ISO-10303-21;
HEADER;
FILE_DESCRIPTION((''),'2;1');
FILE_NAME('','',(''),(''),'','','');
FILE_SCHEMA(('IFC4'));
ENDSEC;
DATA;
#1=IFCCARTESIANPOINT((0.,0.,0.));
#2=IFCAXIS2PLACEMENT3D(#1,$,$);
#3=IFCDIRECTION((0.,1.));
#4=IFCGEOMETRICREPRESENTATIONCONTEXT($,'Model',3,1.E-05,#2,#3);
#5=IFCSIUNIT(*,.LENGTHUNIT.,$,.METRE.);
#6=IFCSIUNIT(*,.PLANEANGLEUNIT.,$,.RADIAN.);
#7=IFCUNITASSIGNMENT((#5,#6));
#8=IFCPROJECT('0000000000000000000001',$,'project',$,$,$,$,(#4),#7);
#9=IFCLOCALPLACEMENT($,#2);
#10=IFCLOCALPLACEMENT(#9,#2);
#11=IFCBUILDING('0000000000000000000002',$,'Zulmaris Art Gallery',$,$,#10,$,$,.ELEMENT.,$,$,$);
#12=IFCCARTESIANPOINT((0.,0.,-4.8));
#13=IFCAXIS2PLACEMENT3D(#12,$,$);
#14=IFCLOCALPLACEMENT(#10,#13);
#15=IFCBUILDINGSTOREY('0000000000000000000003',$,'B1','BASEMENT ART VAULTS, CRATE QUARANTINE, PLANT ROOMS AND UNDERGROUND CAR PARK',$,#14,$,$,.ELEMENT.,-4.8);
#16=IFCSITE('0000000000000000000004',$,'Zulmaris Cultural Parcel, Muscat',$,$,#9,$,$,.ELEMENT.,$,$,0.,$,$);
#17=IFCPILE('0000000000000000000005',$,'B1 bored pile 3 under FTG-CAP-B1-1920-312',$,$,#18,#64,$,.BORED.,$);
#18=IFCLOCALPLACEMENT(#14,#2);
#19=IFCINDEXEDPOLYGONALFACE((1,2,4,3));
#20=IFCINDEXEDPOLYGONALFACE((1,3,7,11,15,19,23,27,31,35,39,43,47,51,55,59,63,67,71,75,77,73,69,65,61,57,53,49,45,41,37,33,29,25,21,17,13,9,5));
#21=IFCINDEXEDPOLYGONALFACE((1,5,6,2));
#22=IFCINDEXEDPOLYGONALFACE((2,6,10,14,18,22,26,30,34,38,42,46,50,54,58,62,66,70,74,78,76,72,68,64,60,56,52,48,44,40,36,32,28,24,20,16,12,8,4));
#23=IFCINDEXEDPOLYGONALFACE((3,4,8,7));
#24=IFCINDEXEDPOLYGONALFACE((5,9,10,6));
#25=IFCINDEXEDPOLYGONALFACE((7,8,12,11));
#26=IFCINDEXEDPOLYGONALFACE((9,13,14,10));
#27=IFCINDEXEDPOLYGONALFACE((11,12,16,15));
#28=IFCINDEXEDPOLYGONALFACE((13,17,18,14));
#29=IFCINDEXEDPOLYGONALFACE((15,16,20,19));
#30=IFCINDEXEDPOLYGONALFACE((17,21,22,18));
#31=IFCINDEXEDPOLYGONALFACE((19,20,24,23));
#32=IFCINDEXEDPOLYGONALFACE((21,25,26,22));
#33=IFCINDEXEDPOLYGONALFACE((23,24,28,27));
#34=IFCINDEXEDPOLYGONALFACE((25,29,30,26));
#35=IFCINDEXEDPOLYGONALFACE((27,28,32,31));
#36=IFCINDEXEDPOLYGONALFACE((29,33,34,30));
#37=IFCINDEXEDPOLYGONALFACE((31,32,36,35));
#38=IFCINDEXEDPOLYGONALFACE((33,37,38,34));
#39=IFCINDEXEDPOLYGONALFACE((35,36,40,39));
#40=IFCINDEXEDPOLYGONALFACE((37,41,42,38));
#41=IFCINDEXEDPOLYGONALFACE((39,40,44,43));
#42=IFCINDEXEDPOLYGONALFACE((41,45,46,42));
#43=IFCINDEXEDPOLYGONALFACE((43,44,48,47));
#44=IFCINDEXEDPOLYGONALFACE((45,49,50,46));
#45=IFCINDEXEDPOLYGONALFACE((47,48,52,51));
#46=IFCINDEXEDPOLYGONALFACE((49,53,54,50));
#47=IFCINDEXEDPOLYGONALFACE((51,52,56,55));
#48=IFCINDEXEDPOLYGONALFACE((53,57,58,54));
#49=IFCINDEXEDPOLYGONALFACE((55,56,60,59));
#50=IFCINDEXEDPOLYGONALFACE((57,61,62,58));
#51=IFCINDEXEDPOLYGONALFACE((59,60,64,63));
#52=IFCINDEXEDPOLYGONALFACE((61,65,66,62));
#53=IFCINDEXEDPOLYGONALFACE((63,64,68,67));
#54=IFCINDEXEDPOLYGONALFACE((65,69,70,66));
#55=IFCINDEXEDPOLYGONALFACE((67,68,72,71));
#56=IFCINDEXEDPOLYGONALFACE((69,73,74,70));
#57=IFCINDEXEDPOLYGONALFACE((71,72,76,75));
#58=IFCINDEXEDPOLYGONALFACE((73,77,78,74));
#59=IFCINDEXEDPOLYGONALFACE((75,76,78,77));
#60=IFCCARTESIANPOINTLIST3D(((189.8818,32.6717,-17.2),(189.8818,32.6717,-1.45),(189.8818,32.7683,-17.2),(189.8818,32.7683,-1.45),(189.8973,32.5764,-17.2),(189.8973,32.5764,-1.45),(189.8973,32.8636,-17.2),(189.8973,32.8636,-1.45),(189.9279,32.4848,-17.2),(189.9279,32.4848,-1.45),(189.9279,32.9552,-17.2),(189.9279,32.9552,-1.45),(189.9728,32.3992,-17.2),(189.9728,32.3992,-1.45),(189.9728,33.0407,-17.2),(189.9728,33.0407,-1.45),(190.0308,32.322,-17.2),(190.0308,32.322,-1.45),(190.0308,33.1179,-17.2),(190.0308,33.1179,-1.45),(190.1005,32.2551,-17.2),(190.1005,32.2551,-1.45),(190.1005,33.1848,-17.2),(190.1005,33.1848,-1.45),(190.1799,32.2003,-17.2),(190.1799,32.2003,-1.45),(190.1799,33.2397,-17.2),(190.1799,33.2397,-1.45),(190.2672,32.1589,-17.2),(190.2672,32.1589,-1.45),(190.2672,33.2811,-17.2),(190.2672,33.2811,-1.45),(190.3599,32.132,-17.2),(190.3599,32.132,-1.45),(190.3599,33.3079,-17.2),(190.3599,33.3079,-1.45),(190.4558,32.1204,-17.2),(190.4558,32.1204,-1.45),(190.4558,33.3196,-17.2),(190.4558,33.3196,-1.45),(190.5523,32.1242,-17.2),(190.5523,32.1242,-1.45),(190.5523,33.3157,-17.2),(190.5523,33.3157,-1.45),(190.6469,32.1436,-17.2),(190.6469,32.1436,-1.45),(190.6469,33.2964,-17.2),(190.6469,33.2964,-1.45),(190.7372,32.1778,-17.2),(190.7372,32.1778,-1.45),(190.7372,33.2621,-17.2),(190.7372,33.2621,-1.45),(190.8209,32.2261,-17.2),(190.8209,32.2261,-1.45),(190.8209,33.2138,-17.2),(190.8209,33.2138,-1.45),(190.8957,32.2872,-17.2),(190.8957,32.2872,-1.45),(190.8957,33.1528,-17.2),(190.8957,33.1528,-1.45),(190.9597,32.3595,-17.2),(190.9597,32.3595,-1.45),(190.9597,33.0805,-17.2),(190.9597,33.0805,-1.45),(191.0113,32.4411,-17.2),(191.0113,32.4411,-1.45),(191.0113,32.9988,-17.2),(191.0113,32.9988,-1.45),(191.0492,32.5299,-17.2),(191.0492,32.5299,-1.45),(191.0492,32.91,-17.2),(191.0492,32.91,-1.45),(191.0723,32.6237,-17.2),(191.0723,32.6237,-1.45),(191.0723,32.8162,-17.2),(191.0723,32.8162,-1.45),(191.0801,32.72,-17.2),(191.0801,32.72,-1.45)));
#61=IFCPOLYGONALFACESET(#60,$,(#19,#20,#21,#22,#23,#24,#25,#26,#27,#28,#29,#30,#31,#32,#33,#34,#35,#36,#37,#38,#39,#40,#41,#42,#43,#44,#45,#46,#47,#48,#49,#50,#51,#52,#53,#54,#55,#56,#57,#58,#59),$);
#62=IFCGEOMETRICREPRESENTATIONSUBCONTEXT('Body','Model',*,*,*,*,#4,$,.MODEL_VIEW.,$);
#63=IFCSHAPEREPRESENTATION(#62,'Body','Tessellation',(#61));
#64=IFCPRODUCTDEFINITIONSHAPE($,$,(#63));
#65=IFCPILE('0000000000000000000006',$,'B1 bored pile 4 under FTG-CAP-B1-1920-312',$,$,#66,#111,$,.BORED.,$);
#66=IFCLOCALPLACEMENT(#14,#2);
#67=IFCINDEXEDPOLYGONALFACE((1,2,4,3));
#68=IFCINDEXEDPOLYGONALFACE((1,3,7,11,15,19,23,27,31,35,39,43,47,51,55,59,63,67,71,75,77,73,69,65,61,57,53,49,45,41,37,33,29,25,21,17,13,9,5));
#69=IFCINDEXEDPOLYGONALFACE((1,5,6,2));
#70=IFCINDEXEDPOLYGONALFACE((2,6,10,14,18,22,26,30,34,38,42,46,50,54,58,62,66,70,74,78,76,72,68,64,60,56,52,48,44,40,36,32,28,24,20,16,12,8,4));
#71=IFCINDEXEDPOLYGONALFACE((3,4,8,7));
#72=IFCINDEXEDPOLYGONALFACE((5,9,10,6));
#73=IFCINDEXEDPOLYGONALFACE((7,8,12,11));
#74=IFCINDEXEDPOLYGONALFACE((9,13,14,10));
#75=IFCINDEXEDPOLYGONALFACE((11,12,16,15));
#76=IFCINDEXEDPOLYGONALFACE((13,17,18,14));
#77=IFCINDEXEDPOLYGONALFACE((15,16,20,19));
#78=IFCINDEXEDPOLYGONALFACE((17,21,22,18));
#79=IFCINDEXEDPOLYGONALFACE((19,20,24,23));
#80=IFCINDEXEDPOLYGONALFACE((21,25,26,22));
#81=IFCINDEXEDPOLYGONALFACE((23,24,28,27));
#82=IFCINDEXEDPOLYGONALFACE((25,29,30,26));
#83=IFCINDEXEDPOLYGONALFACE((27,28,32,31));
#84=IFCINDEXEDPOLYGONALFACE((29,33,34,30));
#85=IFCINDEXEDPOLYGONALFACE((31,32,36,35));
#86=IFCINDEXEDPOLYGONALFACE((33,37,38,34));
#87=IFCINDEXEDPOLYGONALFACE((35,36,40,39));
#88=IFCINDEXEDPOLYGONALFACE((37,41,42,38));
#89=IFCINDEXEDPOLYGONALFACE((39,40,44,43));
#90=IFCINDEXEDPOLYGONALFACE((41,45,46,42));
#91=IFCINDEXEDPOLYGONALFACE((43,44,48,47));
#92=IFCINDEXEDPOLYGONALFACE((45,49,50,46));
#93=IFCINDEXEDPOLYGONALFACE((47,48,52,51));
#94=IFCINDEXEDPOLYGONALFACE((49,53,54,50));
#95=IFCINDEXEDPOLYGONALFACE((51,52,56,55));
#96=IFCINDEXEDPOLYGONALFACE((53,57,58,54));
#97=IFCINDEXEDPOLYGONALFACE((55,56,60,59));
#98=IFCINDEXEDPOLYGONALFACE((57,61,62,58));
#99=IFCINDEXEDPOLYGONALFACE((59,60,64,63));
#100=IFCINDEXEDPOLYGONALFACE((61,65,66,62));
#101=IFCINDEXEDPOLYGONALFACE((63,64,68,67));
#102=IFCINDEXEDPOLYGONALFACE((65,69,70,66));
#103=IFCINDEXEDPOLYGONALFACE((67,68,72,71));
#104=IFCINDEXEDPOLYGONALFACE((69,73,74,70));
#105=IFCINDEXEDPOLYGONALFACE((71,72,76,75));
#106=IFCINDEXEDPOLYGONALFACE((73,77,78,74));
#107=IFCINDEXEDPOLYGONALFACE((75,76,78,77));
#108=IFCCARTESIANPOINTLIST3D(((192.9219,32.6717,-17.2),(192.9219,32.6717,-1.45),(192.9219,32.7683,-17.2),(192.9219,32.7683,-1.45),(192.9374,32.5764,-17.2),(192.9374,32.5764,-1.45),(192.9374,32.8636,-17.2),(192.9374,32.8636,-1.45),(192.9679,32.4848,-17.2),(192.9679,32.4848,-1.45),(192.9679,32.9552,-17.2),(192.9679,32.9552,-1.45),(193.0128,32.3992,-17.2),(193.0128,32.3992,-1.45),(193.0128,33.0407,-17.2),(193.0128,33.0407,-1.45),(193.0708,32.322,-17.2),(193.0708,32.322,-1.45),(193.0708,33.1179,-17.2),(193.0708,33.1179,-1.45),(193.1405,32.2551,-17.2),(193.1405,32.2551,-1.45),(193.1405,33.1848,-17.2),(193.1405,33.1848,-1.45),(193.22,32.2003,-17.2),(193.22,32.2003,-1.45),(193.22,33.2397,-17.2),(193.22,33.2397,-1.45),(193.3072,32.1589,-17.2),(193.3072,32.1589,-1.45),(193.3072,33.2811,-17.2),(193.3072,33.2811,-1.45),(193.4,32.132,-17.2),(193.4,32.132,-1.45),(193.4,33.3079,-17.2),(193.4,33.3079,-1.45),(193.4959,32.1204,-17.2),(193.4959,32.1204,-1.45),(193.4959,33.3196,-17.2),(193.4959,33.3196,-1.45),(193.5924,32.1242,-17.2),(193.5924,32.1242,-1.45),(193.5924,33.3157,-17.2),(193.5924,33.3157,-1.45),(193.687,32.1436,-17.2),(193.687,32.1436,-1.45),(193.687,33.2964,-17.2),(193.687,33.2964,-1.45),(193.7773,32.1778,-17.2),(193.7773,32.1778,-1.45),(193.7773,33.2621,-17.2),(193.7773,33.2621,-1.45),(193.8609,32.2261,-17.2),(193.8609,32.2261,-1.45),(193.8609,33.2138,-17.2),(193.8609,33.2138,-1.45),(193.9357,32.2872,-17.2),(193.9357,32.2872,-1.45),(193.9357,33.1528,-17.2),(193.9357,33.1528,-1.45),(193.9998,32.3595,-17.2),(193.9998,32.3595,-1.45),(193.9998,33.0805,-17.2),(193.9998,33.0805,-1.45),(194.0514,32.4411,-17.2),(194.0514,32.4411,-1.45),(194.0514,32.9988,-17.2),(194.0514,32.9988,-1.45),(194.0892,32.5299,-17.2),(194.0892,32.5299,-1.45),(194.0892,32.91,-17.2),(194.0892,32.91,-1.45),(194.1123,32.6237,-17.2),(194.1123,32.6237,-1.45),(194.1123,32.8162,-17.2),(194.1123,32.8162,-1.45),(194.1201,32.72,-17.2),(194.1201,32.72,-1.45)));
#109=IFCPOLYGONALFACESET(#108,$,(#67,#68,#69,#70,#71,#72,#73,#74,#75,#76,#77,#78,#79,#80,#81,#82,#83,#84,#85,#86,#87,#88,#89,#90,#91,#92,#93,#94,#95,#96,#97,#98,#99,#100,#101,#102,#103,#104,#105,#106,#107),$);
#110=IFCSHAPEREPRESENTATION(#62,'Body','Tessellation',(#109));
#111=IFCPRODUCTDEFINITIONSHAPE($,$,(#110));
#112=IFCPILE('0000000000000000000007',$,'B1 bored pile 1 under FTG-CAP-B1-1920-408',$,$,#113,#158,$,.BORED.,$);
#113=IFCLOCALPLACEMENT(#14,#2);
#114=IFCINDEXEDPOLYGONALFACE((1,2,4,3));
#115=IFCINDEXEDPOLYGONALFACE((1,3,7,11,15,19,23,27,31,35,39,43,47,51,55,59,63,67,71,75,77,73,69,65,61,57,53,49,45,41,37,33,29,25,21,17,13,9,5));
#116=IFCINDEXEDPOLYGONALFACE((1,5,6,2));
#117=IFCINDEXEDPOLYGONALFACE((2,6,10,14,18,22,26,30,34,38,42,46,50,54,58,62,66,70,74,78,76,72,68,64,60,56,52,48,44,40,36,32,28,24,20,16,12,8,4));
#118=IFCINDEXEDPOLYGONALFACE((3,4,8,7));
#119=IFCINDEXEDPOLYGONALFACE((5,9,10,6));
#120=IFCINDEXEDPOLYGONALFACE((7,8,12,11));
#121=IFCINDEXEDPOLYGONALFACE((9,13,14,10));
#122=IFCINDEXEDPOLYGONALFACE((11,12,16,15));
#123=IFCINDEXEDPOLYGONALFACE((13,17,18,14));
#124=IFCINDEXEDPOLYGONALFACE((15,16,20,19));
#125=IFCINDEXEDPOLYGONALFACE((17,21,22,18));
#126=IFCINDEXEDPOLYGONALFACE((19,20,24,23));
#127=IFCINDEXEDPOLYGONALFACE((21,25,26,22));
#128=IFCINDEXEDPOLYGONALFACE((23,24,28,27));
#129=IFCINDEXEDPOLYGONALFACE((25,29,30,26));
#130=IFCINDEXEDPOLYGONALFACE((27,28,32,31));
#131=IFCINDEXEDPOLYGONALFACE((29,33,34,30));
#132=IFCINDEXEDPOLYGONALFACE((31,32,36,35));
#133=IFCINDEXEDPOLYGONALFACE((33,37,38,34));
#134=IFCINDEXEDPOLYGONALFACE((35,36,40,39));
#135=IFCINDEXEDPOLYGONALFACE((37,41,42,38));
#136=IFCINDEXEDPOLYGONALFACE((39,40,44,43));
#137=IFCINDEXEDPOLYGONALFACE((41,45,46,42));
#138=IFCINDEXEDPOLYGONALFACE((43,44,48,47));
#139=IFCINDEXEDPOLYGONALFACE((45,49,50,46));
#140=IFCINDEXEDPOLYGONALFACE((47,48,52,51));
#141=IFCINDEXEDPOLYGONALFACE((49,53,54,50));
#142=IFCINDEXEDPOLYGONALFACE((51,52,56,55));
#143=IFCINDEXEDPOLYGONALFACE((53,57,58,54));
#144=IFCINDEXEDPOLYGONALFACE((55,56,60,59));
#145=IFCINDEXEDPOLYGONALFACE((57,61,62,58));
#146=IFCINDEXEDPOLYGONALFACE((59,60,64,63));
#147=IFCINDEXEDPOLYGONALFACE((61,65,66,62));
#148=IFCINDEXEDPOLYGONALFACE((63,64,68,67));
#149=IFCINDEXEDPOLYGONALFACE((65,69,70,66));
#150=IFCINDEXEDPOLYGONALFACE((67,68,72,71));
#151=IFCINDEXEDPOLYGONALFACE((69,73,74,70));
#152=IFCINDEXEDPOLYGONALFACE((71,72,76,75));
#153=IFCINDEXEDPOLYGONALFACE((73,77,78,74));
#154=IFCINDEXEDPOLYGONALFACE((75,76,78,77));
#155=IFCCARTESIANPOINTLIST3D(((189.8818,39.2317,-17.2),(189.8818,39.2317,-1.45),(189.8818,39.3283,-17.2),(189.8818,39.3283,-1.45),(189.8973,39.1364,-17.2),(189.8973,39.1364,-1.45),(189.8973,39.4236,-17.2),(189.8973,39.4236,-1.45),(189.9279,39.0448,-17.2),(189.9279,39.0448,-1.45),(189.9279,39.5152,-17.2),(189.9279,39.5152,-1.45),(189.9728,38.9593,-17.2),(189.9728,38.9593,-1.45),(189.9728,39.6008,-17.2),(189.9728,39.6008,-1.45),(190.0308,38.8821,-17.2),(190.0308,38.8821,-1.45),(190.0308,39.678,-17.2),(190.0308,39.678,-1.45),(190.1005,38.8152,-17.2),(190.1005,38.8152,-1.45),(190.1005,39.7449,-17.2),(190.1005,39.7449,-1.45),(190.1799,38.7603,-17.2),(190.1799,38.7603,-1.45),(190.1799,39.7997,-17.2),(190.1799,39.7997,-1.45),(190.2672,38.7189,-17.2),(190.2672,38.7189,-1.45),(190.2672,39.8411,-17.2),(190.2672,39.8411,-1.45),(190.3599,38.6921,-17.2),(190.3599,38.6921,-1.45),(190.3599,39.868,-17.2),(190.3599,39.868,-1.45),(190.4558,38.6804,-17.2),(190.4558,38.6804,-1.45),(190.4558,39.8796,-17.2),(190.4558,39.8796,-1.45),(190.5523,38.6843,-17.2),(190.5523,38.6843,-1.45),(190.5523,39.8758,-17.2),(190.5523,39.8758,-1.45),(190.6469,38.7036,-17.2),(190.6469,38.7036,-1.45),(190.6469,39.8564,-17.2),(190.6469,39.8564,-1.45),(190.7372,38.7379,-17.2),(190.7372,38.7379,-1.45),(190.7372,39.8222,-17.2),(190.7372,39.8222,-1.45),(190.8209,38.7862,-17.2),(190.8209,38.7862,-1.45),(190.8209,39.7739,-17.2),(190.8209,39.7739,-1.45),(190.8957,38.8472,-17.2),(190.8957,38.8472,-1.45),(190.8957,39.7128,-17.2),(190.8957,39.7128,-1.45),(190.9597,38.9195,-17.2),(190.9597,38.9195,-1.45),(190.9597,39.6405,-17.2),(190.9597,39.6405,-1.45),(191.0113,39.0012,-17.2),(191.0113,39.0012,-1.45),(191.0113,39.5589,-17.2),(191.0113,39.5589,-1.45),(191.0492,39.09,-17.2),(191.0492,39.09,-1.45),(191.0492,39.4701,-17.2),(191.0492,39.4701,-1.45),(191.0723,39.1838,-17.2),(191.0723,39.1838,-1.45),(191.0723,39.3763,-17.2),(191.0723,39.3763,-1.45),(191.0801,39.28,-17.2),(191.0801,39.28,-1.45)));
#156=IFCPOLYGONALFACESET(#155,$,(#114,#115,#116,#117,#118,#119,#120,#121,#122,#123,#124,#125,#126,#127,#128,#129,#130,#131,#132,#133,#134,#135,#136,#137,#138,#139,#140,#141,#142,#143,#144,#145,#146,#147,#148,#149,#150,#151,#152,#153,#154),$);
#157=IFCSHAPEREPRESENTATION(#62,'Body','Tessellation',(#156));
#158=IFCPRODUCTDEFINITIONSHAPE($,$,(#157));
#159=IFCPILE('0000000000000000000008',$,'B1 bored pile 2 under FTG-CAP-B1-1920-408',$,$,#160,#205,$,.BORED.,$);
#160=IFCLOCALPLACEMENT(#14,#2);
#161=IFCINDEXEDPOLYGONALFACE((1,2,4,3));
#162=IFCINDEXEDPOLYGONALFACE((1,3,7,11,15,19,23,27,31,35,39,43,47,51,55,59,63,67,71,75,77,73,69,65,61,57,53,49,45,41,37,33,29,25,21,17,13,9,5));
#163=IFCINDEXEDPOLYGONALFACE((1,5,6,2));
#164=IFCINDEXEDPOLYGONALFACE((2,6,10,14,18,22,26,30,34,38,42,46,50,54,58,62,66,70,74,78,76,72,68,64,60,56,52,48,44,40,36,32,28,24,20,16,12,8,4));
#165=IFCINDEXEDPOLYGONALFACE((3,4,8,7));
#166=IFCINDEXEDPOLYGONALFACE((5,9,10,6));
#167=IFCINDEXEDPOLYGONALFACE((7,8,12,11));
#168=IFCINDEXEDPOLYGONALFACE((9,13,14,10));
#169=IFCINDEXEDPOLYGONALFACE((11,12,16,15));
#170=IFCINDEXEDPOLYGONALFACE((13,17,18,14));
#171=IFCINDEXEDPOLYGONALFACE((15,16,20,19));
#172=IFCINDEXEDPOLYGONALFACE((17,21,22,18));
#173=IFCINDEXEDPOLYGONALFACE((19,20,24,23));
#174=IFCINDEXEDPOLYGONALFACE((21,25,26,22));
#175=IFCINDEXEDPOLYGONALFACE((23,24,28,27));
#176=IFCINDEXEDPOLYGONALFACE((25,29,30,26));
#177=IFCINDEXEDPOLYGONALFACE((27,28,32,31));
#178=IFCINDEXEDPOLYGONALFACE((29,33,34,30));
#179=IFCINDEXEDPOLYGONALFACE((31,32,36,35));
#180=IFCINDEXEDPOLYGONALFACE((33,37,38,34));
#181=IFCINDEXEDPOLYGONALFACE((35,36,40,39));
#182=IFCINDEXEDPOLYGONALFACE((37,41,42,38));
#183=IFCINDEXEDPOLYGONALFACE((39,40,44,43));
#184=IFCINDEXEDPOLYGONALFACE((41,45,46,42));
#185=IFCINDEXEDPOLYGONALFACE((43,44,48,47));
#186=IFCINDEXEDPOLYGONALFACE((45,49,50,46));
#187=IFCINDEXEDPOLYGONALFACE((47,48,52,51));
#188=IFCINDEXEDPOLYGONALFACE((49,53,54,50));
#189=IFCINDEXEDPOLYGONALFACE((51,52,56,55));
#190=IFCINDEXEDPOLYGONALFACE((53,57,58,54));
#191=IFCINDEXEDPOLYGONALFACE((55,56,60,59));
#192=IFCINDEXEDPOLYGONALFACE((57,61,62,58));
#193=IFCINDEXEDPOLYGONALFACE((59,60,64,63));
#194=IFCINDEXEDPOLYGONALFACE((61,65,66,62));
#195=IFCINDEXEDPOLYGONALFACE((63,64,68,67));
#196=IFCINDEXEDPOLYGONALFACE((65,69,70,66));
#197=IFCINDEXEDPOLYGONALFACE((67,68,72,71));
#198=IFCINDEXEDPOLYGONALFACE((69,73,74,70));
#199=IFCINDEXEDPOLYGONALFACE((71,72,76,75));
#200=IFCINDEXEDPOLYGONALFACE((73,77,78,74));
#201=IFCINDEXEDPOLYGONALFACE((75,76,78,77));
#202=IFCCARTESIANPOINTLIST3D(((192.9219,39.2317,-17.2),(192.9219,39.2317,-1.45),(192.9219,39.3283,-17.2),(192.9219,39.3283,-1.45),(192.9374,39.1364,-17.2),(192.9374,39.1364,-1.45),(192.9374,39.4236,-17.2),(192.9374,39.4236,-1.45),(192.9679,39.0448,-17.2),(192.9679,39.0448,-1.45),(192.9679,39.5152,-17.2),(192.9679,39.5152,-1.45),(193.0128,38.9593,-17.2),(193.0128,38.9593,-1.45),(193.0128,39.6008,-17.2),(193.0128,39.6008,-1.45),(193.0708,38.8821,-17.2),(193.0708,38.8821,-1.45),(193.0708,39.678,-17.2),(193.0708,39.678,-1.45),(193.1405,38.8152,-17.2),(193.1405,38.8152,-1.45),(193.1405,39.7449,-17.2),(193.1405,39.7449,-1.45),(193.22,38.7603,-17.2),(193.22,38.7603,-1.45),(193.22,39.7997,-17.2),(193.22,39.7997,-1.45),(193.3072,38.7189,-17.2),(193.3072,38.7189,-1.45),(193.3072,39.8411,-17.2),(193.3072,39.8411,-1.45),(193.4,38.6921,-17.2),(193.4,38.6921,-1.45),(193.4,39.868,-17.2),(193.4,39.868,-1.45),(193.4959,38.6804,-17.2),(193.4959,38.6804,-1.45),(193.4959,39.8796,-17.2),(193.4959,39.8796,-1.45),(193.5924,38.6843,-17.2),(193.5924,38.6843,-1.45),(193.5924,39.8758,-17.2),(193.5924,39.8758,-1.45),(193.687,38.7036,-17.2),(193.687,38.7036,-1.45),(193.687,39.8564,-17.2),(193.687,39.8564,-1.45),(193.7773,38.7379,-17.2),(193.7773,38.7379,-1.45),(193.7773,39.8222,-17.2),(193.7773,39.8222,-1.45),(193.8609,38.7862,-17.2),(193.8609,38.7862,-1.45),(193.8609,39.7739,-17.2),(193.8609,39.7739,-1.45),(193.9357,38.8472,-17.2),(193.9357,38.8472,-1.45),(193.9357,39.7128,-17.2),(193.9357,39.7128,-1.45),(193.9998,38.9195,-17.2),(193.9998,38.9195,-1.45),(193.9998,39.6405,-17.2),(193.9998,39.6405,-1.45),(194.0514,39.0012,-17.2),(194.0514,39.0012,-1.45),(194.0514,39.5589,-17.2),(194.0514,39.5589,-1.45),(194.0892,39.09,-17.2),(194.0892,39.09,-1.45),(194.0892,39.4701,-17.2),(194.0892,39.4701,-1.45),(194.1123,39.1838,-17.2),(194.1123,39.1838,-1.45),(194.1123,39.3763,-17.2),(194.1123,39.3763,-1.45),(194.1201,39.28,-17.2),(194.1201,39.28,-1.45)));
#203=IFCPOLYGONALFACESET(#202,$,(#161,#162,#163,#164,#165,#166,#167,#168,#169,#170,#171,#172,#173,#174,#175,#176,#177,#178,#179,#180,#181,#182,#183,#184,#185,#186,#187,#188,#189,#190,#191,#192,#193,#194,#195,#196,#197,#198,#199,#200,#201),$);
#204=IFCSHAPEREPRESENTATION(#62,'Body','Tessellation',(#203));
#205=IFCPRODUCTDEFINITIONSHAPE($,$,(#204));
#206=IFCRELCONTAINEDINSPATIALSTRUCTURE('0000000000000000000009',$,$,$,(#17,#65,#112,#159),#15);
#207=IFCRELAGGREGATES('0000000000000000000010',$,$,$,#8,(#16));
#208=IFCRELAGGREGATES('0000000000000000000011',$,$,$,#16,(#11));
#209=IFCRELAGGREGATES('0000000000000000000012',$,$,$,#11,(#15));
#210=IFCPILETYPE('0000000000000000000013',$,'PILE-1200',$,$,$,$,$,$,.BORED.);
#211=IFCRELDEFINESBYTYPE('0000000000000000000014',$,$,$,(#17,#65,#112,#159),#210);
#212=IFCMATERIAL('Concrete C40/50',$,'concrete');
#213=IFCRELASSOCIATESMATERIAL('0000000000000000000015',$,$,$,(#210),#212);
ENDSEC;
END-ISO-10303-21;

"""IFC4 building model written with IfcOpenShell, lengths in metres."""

from ifc_helpers import new_model, si_unit, direction, frame, origin, origin_2d, place, context, subcontext, project, spatial, circle, extrude, material, material_profile, profile_set, type_object, element, save


model = new_model("IFC4")

# Units and contexts
model_context = context("Model", 3, precision=1e-05, world=origin(), true_north=direction((0.0, 1.0)))
body_context = subcontext(model_context, "Body", "Model", "MODEL_VIEW")
ifc_project = project(units=[si_unit("LENGTHUNIT", "METRE"), si_unit("PLANEANGLEUNIT", "RADIAN")], contexts=[model_context])

# Site, building, storey
site_placement = place(None, origin())
site = spatial("IfcSite", under=ifc_project, at=site_placement, Name="Zulmaris Cultural Parcel, Muscat", CompositionType="ELEMENT", RefElevation=0.0)
building_placement = place(site_placement, origin())
building = spatial("IfcBuilding", under=site, at=building_placement, Name="Zulmaris Art Gallery", CompositionType="ELEMENT")
storey_placement = place(building_placement, frame((0.0, 0.0, -4.8)))
storey = spatial("IfcBuildingStorey", under=building, at=storey_placement, Name="B1", Description="BASEMENT ART VAULTS, CRATE QUARANTINE, PLANT ROOMS AND UNDERGROUND CAR PARK", CompositionType="ELEMENT", Elevation=-4.8)

# Piles
ifc_material_1 = material(Name="Concrete C40/50", Category="concrete")
ifc_material_profile_1 = material_profile(ifc_material_1, circle(Radius=0.6001, at=origin_2d()), Name="PILE DIA 1200")
ifc_profile_set_1 = profile_set([ifc_material_profile_1], Name="Concrete C40/50")
pile_type = type_object("IfcPileType", Name="PILE-1200", PredefinedType="BORED", material=ifc_profile_set_1)
for number, where, z_axis, x_axis, name in (
    (1, (190.48, 32.72, -1.45), (0.0, 0.0, -1.0), (1.0, 0.0, 0.0), "B1 bored pile 3 under FTG-CAP-B1-1920-312"),
    (2, (193.52, 32.72, -1.45), (0.0, 0.0, -1.0), (1.0, 0.0, 0.0), "B1 bored pile 4 under FTG-CAP-B1-1920-312"),
    (3, (190.48, 39.28, -1.45), (0.0, 0.0, -1.0), (1.0, 0.0, 0.0), "B1 bored pile 1 under FTG-CAP-B1-1920-408"),
    (4, (193.52, 39.28, -1.45), (0.0, 0.0, -1.0), (1.0, 0.0, 0.0), "B1 bored pile 2 under FTG-CAP-B1-1920-408"),
):
    element("IfcPile", number, at=place(storey_placement, frame(where, z_axis=z_axis, x_axis=x_axis)), inside=storey, type_object=pile_type, Name=name, PredefinedType="BORED", context=body_context, shape_type="SweptSolid", body=[
        extrude(circle(Radius=0.6001, at=origin_2d()), origin(), (0.0, 0.0, 1.0), 15.75),
    ])

save(model, "model.ifc")
